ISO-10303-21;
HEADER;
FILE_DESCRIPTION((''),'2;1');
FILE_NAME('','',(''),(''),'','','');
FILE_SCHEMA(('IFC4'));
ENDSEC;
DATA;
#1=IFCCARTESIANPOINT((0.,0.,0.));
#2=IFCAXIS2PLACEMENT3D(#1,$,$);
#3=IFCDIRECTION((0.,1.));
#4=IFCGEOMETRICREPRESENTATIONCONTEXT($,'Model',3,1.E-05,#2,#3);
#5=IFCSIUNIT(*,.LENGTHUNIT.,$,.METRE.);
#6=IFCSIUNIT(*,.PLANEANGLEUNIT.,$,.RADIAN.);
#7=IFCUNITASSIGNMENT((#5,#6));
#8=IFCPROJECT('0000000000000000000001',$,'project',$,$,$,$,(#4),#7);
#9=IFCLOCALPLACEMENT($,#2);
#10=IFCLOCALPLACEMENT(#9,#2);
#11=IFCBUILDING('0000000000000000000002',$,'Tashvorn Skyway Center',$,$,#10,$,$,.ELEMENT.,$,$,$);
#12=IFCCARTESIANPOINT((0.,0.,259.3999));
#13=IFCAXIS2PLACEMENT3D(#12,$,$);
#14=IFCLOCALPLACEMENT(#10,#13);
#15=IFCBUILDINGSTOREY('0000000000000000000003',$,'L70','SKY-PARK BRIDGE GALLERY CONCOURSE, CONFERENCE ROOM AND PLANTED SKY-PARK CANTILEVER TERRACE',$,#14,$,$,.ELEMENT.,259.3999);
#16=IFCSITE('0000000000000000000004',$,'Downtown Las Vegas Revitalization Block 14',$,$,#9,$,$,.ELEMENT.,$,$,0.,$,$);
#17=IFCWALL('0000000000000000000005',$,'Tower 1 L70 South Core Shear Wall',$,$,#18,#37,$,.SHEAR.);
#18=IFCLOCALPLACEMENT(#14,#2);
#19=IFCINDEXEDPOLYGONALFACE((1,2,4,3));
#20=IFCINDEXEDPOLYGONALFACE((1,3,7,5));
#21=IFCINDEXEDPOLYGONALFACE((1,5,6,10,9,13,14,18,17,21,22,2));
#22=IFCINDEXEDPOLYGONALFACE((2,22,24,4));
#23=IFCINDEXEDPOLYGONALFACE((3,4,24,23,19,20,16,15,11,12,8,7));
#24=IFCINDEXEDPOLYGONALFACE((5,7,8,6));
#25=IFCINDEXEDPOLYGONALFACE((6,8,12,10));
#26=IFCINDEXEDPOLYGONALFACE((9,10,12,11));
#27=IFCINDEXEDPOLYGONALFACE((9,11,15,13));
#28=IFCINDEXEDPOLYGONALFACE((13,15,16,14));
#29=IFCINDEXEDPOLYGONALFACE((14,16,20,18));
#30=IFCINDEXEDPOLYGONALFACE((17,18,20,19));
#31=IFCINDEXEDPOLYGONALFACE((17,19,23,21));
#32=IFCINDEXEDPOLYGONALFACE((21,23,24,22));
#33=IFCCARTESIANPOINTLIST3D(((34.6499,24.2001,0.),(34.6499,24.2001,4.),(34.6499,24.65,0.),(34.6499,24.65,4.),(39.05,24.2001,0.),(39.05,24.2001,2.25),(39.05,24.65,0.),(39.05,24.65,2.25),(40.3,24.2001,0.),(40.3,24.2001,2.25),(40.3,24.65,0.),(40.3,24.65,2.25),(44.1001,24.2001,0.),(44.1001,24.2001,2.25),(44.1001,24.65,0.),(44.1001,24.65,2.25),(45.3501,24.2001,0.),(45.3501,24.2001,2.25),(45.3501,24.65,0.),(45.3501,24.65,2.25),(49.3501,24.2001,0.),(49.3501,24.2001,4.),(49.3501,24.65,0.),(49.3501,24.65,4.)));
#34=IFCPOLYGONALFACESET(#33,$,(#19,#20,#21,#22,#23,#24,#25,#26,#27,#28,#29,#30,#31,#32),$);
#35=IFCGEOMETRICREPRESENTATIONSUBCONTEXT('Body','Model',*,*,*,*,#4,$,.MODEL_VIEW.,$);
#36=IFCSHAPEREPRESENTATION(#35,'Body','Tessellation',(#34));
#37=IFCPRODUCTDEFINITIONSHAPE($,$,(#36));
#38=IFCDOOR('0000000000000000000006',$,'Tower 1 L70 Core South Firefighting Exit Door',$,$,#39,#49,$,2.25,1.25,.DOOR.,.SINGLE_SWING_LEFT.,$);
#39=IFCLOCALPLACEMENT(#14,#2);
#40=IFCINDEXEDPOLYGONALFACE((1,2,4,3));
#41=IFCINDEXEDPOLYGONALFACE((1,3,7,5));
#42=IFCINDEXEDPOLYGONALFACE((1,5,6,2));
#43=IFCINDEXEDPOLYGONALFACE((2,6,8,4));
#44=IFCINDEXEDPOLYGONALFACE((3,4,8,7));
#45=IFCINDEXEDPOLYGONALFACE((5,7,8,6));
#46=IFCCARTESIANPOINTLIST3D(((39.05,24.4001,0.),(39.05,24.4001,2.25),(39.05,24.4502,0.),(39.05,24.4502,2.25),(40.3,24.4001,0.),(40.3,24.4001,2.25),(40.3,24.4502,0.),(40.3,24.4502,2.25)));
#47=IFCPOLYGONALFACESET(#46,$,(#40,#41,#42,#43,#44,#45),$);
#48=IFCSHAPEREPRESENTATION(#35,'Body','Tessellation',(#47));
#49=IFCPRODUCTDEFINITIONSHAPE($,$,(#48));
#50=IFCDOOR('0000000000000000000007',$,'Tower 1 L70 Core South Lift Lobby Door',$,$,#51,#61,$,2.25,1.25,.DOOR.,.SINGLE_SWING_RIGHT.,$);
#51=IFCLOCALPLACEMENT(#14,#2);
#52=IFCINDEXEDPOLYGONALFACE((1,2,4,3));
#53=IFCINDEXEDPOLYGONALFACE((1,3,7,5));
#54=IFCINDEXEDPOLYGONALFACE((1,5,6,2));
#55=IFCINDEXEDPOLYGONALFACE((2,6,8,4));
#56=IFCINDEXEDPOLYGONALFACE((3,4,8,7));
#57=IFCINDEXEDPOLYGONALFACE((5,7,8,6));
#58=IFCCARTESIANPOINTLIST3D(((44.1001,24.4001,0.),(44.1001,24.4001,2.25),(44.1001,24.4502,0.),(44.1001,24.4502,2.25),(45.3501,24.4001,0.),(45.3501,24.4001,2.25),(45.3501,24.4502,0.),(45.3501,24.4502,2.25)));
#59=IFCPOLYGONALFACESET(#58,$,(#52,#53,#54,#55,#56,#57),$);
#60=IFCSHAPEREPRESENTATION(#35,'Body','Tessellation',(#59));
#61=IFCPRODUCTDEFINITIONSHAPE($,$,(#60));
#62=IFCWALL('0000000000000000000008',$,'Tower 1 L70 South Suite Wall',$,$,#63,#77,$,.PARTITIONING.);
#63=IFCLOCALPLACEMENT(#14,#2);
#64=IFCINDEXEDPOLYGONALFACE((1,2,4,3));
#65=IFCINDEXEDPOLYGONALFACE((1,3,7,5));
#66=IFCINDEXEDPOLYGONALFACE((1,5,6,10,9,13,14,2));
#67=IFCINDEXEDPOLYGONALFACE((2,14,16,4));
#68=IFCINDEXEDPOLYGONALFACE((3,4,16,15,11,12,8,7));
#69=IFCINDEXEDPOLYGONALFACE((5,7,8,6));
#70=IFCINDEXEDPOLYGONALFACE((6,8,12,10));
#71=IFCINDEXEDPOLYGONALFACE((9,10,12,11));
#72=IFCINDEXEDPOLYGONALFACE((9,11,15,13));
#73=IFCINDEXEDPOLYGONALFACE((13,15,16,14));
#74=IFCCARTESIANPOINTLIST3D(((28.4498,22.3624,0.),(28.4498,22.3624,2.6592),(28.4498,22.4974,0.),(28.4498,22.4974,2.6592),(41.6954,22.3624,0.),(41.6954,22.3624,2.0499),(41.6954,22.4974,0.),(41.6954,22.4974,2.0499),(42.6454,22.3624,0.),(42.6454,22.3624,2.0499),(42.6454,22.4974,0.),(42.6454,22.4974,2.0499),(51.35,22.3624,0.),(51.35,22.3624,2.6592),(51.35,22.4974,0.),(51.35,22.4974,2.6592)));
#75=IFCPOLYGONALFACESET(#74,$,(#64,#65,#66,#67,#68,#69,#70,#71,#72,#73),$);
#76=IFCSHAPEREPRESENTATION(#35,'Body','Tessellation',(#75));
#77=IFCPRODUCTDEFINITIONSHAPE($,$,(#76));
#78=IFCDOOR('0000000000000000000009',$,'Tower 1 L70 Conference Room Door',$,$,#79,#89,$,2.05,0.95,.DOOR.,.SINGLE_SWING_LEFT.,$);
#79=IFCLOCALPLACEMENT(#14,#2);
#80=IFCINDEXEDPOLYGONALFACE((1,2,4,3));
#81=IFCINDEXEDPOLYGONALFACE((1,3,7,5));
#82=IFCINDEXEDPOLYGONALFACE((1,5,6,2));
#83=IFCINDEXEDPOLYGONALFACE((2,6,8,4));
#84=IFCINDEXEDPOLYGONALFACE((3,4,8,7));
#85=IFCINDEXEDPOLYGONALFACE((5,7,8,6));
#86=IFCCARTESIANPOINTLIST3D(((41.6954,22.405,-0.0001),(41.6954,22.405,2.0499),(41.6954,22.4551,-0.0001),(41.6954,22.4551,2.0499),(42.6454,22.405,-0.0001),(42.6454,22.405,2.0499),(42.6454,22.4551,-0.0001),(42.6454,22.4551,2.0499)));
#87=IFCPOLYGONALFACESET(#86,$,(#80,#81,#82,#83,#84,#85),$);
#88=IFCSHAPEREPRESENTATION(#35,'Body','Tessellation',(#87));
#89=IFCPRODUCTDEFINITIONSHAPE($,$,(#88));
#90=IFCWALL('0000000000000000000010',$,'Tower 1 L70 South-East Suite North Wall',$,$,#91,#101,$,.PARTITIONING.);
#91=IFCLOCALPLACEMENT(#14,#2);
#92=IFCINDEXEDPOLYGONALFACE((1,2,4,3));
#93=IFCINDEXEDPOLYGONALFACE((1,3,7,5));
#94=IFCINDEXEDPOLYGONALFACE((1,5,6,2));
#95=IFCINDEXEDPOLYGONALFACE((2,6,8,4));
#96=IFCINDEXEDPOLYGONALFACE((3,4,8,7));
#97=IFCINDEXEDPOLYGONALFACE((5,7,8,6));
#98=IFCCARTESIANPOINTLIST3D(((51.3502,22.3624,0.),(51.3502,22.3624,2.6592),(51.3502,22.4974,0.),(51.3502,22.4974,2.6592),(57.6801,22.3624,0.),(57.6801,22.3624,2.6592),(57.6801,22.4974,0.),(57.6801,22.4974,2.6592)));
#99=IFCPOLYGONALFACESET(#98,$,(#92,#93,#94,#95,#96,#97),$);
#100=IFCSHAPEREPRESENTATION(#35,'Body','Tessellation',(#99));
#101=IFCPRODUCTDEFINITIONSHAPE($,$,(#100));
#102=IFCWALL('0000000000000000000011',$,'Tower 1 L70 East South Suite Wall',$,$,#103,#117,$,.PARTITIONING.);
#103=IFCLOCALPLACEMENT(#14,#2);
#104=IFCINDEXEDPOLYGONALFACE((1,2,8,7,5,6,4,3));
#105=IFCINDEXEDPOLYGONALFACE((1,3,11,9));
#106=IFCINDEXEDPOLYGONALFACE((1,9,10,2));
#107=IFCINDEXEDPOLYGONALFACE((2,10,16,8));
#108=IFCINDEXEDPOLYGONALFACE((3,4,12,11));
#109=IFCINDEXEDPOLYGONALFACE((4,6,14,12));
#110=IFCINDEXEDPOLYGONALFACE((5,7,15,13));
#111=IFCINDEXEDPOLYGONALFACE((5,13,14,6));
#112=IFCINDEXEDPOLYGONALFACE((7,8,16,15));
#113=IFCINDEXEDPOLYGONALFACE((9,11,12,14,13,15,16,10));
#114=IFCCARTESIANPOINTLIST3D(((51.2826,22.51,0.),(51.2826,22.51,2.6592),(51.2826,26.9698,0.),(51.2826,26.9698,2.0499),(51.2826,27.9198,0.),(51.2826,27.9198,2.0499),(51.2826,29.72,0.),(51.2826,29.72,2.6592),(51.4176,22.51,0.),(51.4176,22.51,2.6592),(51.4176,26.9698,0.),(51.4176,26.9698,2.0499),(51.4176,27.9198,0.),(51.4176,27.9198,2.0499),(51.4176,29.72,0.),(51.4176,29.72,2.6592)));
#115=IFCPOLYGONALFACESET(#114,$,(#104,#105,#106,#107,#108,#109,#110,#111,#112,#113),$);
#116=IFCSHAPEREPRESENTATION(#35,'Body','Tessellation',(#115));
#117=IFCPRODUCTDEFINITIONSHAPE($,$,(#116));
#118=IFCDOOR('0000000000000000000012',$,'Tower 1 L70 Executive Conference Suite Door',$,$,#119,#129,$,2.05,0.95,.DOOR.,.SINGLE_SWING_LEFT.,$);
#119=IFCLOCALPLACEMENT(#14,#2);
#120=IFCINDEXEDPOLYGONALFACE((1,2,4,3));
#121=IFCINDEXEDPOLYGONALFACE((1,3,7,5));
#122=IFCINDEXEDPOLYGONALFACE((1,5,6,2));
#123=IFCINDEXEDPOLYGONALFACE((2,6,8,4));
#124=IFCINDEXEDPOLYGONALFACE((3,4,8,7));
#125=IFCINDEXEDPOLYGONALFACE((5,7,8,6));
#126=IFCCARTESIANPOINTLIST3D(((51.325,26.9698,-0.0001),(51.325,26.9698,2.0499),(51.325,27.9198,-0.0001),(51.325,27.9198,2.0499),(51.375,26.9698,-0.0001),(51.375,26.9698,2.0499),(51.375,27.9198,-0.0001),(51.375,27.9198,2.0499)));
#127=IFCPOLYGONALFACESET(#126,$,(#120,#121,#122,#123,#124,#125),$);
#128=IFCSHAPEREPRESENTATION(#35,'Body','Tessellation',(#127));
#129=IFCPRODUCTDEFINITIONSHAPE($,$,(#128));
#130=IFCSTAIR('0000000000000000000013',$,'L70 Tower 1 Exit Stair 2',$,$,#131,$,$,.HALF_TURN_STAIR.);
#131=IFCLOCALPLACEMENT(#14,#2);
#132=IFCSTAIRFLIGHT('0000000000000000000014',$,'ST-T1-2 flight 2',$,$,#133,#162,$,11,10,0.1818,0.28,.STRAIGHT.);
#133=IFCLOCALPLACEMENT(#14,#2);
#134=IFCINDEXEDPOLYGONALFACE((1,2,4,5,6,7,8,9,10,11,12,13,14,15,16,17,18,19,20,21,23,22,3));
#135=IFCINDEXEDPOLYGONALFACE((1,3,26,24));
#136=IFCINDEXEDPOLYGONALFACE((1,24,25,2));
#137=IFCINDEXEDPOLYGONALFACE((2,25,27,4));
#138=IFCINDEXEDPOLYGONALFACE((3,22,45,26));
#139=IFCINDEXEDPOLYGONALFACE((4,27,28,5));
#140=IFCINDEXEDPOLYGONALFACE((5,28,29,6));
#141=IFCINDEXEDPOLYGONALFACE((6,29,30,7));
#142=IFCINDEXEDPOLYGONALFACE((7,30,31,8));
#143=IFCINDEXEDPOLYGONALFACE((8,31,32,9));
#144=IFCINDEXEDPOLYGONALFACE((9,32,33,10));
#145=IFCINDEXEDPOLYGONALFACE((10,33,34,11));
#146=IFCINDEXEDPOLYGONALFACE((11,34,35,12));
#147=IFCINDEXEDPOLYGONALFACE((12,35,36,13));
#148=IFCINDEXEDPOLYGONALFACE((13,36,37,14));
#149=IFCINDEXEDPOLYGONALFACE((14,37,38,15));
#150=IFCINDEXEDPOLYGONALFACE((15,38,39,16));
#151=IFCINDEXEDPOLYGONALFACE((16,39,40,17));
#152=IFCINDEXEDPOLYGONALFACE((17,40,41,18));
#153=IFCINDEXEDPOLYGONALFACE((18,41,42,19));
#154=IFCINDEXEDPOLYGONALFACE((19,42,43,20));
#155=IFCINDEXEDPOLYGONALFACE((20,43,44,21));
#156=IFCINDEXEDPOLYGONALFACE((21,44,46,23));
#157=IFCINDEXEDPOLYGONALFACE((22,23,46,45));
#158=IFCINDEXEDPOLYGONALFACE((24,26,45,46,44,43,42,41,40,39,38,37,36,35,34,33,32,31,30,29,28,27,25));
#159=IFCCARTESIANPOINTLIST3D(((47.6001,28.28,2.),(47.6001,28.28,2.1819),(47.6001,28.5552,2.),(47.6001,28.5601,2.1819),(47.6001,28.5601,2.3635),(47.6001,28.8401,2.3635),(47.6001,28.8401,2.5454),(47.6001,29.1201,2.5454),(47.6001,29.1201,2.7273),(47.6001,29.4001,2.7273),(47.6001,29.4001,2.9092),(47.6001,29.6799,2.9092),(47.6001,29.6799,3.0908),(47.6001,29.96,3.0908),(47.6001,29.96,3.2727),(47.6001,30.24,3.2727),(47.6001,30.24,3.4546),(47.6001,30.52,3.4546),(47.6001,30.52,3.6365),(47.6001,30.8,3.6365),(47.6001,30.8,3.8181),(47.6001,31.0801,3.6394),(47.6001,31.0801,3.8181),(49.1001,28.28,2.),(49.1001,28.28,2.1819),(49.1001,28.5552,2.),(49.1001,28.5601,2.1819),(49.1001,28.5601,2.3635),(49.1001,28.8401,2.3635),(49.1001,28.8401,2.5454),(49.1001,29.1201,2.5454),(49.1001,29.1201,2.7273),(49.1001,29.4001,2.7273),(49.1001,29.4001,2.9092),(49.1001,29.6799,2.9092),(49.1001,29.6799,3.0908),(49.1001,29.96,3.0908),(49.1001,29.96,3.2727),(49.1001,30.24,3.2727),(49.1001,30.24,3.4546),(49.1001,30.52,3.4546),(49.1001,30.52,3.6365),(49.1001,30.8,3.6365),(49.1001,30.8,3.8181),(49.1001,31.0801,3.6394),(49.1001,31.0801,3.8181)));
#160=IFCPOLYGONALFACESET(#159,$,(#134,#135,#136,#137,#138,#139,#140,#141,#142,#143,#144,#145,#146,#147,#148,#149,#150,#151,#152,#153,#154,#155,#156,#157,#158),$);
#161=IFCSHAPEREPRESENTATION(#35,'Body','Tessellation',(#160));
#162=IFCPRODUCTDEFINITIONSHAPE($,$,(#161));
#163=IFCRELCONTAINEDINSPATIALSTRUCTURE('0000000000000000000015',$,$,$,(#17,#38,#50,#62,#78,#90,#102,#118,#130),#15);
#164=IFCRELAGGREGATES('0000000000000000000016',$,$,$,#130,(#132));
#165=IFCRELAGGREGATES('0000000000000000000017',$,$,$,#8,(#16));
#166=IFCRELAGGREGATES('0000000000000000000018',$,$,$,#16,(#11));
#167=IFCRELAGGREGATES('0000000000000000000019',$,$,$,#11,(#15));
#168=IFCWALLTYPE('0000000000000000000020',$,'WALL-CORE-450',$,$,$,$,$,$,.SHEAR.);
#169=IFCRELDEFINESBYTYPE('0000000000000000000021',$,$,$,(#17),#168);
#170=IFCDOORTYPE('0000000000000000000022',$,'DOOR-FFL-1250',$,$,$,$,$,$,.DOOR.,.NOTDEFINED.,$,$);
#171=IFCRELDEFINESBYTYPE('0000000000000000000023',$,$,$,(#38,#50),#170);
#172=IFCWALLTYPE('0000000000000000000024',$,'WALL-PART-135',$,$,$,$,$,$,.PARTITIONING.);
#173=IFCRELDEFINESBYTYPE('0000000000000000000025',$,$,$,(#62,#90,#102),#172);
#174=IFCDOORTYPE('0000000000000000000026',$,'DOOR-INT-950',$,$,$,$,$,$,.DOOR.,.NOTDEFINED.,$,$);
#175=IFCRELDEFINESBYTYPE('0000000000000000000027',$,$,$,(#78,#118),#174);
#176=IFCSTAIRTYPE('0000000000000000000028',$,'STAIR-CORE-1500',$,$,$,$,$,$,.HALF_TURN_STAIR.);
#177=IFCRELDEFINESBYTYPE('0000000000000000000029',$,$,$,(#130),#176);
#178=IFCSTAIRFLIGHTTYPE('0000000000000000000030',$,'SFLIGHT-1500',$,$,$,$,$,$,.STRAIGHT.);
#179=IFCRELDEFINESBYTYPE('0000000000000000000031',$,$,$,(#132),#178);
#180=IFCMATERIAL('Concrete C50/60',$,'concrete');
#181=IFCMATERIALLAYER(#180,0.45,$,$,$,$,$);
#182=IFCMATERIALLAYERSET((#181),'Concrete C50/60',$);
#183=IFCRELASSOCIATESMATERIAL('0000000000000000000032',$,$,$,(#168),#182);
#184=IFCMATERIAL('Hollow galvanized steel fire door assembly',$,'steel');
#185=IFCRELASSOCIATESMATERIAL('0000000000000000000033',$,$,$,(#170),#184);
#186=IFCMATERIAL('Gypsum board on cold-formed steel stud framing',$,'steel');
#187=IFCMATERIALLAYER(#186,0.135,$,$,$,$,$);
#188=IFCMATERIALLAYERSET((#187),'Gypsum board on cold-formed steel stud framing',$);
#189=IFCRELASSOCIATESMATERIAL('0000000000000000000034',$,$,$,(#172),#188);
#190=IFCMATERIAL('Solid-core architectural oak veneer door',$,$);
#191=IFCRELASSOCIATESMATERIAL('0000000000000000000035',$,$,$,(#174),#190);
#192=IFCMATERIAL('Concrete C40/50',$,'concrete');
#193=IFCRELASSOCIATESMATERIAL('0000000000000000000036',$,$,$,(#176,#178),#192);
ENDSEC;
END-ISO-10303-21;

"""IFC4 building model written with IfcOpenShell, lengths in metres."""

from ifc_helpers import new_model, si_unit, direction, frame, frame_2d, origin, place, context, subcontext, project, spatial, polyline, rectangle, outline, extrude, material, layer, layer_set, type_object, element, fill, aggregate, save


model = new_model("IFC4")

# Units and contexts
model_context = context("Model", 3, precision=1e-05, world=origin(), true_north=direction((0.0, 1.0)))
body_context = subcontext(model_context, "Body", "Model", "MODEL_VIEW")
ifc_project = project(units=[si_unit("LENGTHUNIT", "METRE"), si_unit("PLANEANGLEUNIT", "RADIAN")], contexts=[model_context])

# Site, building, storey
site_placement = place(None, origin())
site = spatial("IfcSite", under=ifc_project, at=site_placement, Name="Downtown Las Vegas Revitalization Block 14", CompositionType="ELEMENT", RefElevation=0.0)
building_placement = place(site_placement, origin())
building = spatial("IfcBuilding", under=site, at=building_placement, Name="Tashvorn Skyway Center", CompositionType="ELEMENT")
storey_placement = place(building_placement, frame((0.0, 0.0, 259.3999)))
storey = spatial("IfcBuildingStorey", under=building, at=storey_placement, Name="L70", Description="SKY-PARK BRIDGE GALLERY CONCOURSE, CONFERENCE ROOM AND PLANTED SKY-PARK CANTILEVER TERRACE", CompositionType="ELEMENT", Elevation=259.3999)

# Wall, openings, doors
ifc_material_1 = material(Name="Concrete C50/60", Category="concrete")
ifc_layer_1 = layer(ifc_material_1, 0.45)
ifc_layer_set_1 = layer_set([ifc_layer_1], Name="Concrete C50/60")
wall_type_1 = type_object("IfcWallType", Name="WALL-CORE-450", PredefinedType="SHEAR", material=ifc_layer_set_1)
wall_1_placement = place(storey_placement, frame((49.3501, 24.425, 0.0), z_axis=(0.0, 0.0, 1.0), x_axis=(-1.0, 0.0, 0.0)))
wall_1 = element("IfcWall", 1, at=wall_1_placement, inside=storey, type_object=wall_type_1, Name="Tower 1 L70 South Core Shear Wall", PredefinedType="SHEAR", context=body_context, shape_type="SweptSolid", body=[
    extrude(rectangle(XDim=14.7002, YDim=0.45, at=frame_2d((7.3501, 0.0))), origin(), (0.0, 0.0, 1.0), 4.0),
])
opening_1_placement = place(wall_1_placement, frame((9.05, 0.0, 0.0)))
opening_1 = element("IfcOpeningElement", 2, at=opening_1_placement, cuts=wall_1, PredefinedType="OPENING", context=body_context, shape_type="SweptSolid", body=[
    extrude(rectangle(XDim=1.25, YDim=2.25, at=frame_2d((0.625, 1.125))), frame((0.0, 0.2349, 0.0), z_axis=(0.0, -1.0, 0.0), x_axis=(1.0, 0.0, 0.0)), (0.0, 0.0, 1.0), 0.47),
])
opening_2_placement = place(wall_1_placement, frame((4.0, 0.0, 0.0)))
opening_2 = element("IfcOpeningElement", 3, at=opening_2_placement, cuts=wall_1, PredefinedType="OPENING", context=body_context, shape_type="SweptSolid", body=[
    extrude(rectangle(XDim=1.25, YDim=2.25, at=frame_2d((0.625, 1.125))), frame((0.0, 0.2349, 0.0), z_axis=(0.0, -1.0, 0.0), x_axis=(1.0, 0.0, 0.0)), (0.0, 0.0, 1.0), 0.47),
])
ifc_material_2 = material(Name="Hollow galvanized steel fire door assembly", Category="steel")
door_type_1 = type_object("IfcDoorType", Name="DOOR-FFL-1250", OperationType="NOTDEFINED", PredefinedType="DOOR", material=ifc_material_2)
door_1_placement = place(opening_1_placement, origin())
door_1 = element("IfcDoor", 4, at=door_1_placement, inside=storey, type_object=door_type_1, Name="Tower 1 L70 Core South Firefighting Exit Door", OperationType="SINGLE_SWING_LEFT", OverallHeight=2.25, OverallWidth=1.25, PredefinedType="DOOR", context=body_context, shape_type="SweptSolid", body=[
    extrude(rectangle(XDim=1.25, YDim=2.25, at=frame_2d((0.625, 1.125))), frame((0.0, 0.0249, 0.0), z_axis=(0.0, -1.0, 0.0), x_axis=(1.0, 0.0, 0.0)), (0.0, 0.0, 1.0), 0.05),
])
fill(opening_1, door_1)
door_2_placement = place(opening_2_placement, origin())
door_2 = element("IfcDoor", 5, at=door_2_placement, inside=storey, type_object=door_type_1, Name="Tower 1 L70 Core South Lift Lobby Door", OperationType="SINGLE_SWING_RIGHT", OverallHeight=2.25, OverallWidth=1.25, PredefinedType="DOOR", context=body_context, shape_type="SweptSolid", body=[
    extrude(rectangle(XDim=1.25, YDim=2.25, at=frame_2d((0.625, 1.125))), frame((0.0, 0.0249, 0.0), z_axis=(0.0, -1.0, 0.0), x_axis=(1.0, 0.0, 0.0)), (0.0, 0.0, 1.0), 0.05),
])
fill(opening_2, door_2)

# Wall, opening, door
ifc_material_3 = material(Name="Gypsum board on cold-formed steel stud framing", Category="steel")
ifc_layer_2 = layer(ifc_material_3, 0.135)
ifc_layer_set_2 = layer_set([ifc_layer_2], Name="Gypsum board on cold-formed steel stud framing")
wall_type_2 = type_object("IfcWallType", Name="WALL-PART-135", PredefinedType="PARTITIONING", material=ifc_layer_set_2)
wall_2_placement = place(storey_placement, frame((51.3501, 22.4299, 0.0), z_axis=(0.0, 0.0, 1.0), x_axis=(-1.0, 0.0, 0.0)))
wall_2 = element("IfcWall", 6, at=wall_2_placement, inside=storey, type_object=wall_type_2, Name="Tower 1 L70 South Suite Wall", PredefinedType="PARTITIONING", context=body_context, shape_type="SweptSolid", body=[
    extrude(rectangle(XDim=22.9001, YDim=0.135, at=frame_2d((11.4502, 0.0))), origin(), (0.0, 0.0, 1.0), 2.6592),
])
opening_3_placement = place(wall_2_placement, frame((8.7046, 0.0, 0.0)))
opening_3 = element("IfcOpeningElement", 7, at=opening_3_placement, cuts=wall_2, PredefinedType="OPENING", context=body_context, shape_type="SweptSolid", body=[
    extrude(rectangle(XDim=0.95, YDim=2.05, at=frame_2d((0.4751, 1.0249))), frame((0.0, 0.0774, 0.0), z_axis=(0.0, -1.0, 0.0), x_axis=(1.0, 0.0, 0.0)), (0.0, 0.0, 1.0), 0.155),
])
ifc_material_4 = material(Name="Solid-core architectural oak veneer door")
door_type_2 = type_object("IfcDoorType", Name="DOOR-INT-950", OperationType="NOTDEFINED", PredefinedType="DOOR", material=ifc_material_4)
door_3_placement = place(opening_3_placement, origin())
door_3 = element("IfcDoor", 8, at=door_3_placement, inside=storey, type_object=door_type_2, Name="Tower 1 L70 Conference Room Door", OperationType="SINGLE_SWING_LEFT", OverallHeight=2.05, OverallWidth=0.95, PredefinedType="DOOR", context=body_context, shape_type="SweptSolid", body=[
    extrude(rectangle(XDim=0.95, YDim=2.05, at=frame_2d((0.4751, 1.0249))), frame((0.0, 0.0249, 0.0), z_axis=(0.0, -1.0, 0.0), x_axis=(1.0, 0.0, 0.0)), (0.0, 0.0, 1.0), 0.05),
])
fill(opening_3, door_3)

# Wall
wall_3_placement = place(storey_placement, frame((51.3501, 22.4299, 0.0), z_axis=(0.0, 0.0, 1.0), x_axis=(1.0, 0.0, 0.0)))
element("IfcWall", 9, at=wall_3_placement, inside=storey, type_object=wall_type_2, Name="Tower 1 L70 South-East Suite North Wall", PredefinedType="PARTITIONING", context=body_context, shape_type="SweptSolid", body=[
    extrude(rectangle(XDim=6.3298, YDim=0.135, at=frame_2d((3.165, 0.0))), origin(), (0.0, 0.0, 1.0), 2.6592),
])

# Wall, opening, door
wall_4_placement = place(storey_placement, frame((51.3501, 29.72, 0.0), z_axis=(0.0, 0.0, 1.0), x_axis=(0.0, -1.0, 0.0)))
wall_4 = element("IfcWall", 10, at=wall_4_placement, inside=storey, type_object=wall_type_2, Name="Tower 1 L70 East South Suite Wall", PredefinedType="PARTITIONING", context=body_context, shape_type="SweptSolid", body=[
    extrude(rectangle(XDim=7.21, YDim=0.135, at=frame_2d((3.605, 0.0))), origin(), (0.0, 0.0, 1.0), 2.6592),
])
opening_4_placement = place(wall_4_placement, frame((1.8, 0.0, 0.0)))
opening_4 = element("IfcOpeningElement", 11, at=opening_4_placement, cuts=wall_4, PredefinedType="OPENING", context=body_context, shape_type="SweptSolid", body=[
    extrude(rectangle(XDim=0.95, YDim=2.05, at=frame_2d((0.4751, 1.0249))), frame((0.0, 0.0774, 0.0), z_axis=(0.0, -1.0, 0.0), x_axis=(1.0, 0.0, 0.0)), (0.0, 0.0, 1.0), 0.155),
])
door_4_placement = place(opening_4_placement, origin())
door_4 = element("IfcDoor", 12, at=door_4_placement, inside=storey, type_object=door_type_2, Name="Tower 1 L70 Executive Conference Suite Door", OperationType="SINGLE_SWING_LEFT", OverallHeight=2.05, OverallWidth=0.95, PredefinedType="DOOR", context=body_context, shape_type="SweptSolid", body=[
    extrude(rectangle(XDim=0.95, YDim=2.05, at=frame_2d((0.4751, 1.0249))), frame((0.0, 0.0249, 0.0), z_axis=(0.0, -1.0, 0.0), x_axis=(1.0, 0.0, 0.0)), (0.0, 0.0, 1.0), 0.05),
])
fill(opening_4, door_4)

# Stair, stair flight
ifc_material_5 = material(Name="Concrete C40/50", Category="concrete")
stair_type = type_object("IfcStairType", Name="STAIR-CORE-1500", PredefinedType="HALF_TURN_STAIR", material=ifc_material_5)
stair_placement = place(storey_placement, origin())
stair = element("IfcStair", 13, at=stair_placement, inside=storey, type_object=stair_type, Name="L70 Tower 1 Exit Stair 2", PredefinedType="HALF_TURN_STAIR")
stair_flight_type = type_object("IfcStairFlightType", Name="SFLIGHT-1500", PredefinedType="STRAIGHT", material=ifc_material_5)
stair_flight_placement = place(storey_placement, frame((48.3501, 28.28, 2.0), z_axis=(0.0, 0.0, 1.0), x_axis=(0.0, 1.0, 0.0)))
stair_flight = element("IfcStairFlight", 14, at=stair_flight_placement, type_object=stair_flight_type, Name="ST-T1-2 flight 2", NumberOfRisers=11, NumberOfTreads=10, PredefinedType="STRAIGHT", RiserHeight=0.1818, TreadLength=0.28, context=body_context, shape_type="SweptSolid", body=[
    extrude(outline(polyline([(0.0, 0.0), (0.0, 0.1819), (0.28, 0.1819), (0.28, 0.3635), (0.5601, 0.3635), (0.5601, 0.5454), (0.8401, 0.5454), (0.8401, 0.7273), (1.1201, 0.7273), (1.1201, 0.9092), (1.3999, 0.9092), (1.3999, 1.0908), (1.6799, 1.0908), (1.6799, 1.2727), (1.96, 1.2727), (1.96, 1.4546), (2.24, 1.4546), (2.24, 1.6365), (2.52, 1.6365), (2.52, 1.8181), (2.8, 1.8181), (2.8, 2.0), (2.8, 1.6394), (0.2751, 0.0), (0.0, 0.0)])), frame((0.0, 0.75, 0.0), z_axis=(0.0, -1.0, 0.0), x_axis=(1.0, 0.0, 0.0)), (0.0, 0.0, 1.0), 1.5),
])
aggregate(stair, [stair_flight])

save(model, "model.ifc")
